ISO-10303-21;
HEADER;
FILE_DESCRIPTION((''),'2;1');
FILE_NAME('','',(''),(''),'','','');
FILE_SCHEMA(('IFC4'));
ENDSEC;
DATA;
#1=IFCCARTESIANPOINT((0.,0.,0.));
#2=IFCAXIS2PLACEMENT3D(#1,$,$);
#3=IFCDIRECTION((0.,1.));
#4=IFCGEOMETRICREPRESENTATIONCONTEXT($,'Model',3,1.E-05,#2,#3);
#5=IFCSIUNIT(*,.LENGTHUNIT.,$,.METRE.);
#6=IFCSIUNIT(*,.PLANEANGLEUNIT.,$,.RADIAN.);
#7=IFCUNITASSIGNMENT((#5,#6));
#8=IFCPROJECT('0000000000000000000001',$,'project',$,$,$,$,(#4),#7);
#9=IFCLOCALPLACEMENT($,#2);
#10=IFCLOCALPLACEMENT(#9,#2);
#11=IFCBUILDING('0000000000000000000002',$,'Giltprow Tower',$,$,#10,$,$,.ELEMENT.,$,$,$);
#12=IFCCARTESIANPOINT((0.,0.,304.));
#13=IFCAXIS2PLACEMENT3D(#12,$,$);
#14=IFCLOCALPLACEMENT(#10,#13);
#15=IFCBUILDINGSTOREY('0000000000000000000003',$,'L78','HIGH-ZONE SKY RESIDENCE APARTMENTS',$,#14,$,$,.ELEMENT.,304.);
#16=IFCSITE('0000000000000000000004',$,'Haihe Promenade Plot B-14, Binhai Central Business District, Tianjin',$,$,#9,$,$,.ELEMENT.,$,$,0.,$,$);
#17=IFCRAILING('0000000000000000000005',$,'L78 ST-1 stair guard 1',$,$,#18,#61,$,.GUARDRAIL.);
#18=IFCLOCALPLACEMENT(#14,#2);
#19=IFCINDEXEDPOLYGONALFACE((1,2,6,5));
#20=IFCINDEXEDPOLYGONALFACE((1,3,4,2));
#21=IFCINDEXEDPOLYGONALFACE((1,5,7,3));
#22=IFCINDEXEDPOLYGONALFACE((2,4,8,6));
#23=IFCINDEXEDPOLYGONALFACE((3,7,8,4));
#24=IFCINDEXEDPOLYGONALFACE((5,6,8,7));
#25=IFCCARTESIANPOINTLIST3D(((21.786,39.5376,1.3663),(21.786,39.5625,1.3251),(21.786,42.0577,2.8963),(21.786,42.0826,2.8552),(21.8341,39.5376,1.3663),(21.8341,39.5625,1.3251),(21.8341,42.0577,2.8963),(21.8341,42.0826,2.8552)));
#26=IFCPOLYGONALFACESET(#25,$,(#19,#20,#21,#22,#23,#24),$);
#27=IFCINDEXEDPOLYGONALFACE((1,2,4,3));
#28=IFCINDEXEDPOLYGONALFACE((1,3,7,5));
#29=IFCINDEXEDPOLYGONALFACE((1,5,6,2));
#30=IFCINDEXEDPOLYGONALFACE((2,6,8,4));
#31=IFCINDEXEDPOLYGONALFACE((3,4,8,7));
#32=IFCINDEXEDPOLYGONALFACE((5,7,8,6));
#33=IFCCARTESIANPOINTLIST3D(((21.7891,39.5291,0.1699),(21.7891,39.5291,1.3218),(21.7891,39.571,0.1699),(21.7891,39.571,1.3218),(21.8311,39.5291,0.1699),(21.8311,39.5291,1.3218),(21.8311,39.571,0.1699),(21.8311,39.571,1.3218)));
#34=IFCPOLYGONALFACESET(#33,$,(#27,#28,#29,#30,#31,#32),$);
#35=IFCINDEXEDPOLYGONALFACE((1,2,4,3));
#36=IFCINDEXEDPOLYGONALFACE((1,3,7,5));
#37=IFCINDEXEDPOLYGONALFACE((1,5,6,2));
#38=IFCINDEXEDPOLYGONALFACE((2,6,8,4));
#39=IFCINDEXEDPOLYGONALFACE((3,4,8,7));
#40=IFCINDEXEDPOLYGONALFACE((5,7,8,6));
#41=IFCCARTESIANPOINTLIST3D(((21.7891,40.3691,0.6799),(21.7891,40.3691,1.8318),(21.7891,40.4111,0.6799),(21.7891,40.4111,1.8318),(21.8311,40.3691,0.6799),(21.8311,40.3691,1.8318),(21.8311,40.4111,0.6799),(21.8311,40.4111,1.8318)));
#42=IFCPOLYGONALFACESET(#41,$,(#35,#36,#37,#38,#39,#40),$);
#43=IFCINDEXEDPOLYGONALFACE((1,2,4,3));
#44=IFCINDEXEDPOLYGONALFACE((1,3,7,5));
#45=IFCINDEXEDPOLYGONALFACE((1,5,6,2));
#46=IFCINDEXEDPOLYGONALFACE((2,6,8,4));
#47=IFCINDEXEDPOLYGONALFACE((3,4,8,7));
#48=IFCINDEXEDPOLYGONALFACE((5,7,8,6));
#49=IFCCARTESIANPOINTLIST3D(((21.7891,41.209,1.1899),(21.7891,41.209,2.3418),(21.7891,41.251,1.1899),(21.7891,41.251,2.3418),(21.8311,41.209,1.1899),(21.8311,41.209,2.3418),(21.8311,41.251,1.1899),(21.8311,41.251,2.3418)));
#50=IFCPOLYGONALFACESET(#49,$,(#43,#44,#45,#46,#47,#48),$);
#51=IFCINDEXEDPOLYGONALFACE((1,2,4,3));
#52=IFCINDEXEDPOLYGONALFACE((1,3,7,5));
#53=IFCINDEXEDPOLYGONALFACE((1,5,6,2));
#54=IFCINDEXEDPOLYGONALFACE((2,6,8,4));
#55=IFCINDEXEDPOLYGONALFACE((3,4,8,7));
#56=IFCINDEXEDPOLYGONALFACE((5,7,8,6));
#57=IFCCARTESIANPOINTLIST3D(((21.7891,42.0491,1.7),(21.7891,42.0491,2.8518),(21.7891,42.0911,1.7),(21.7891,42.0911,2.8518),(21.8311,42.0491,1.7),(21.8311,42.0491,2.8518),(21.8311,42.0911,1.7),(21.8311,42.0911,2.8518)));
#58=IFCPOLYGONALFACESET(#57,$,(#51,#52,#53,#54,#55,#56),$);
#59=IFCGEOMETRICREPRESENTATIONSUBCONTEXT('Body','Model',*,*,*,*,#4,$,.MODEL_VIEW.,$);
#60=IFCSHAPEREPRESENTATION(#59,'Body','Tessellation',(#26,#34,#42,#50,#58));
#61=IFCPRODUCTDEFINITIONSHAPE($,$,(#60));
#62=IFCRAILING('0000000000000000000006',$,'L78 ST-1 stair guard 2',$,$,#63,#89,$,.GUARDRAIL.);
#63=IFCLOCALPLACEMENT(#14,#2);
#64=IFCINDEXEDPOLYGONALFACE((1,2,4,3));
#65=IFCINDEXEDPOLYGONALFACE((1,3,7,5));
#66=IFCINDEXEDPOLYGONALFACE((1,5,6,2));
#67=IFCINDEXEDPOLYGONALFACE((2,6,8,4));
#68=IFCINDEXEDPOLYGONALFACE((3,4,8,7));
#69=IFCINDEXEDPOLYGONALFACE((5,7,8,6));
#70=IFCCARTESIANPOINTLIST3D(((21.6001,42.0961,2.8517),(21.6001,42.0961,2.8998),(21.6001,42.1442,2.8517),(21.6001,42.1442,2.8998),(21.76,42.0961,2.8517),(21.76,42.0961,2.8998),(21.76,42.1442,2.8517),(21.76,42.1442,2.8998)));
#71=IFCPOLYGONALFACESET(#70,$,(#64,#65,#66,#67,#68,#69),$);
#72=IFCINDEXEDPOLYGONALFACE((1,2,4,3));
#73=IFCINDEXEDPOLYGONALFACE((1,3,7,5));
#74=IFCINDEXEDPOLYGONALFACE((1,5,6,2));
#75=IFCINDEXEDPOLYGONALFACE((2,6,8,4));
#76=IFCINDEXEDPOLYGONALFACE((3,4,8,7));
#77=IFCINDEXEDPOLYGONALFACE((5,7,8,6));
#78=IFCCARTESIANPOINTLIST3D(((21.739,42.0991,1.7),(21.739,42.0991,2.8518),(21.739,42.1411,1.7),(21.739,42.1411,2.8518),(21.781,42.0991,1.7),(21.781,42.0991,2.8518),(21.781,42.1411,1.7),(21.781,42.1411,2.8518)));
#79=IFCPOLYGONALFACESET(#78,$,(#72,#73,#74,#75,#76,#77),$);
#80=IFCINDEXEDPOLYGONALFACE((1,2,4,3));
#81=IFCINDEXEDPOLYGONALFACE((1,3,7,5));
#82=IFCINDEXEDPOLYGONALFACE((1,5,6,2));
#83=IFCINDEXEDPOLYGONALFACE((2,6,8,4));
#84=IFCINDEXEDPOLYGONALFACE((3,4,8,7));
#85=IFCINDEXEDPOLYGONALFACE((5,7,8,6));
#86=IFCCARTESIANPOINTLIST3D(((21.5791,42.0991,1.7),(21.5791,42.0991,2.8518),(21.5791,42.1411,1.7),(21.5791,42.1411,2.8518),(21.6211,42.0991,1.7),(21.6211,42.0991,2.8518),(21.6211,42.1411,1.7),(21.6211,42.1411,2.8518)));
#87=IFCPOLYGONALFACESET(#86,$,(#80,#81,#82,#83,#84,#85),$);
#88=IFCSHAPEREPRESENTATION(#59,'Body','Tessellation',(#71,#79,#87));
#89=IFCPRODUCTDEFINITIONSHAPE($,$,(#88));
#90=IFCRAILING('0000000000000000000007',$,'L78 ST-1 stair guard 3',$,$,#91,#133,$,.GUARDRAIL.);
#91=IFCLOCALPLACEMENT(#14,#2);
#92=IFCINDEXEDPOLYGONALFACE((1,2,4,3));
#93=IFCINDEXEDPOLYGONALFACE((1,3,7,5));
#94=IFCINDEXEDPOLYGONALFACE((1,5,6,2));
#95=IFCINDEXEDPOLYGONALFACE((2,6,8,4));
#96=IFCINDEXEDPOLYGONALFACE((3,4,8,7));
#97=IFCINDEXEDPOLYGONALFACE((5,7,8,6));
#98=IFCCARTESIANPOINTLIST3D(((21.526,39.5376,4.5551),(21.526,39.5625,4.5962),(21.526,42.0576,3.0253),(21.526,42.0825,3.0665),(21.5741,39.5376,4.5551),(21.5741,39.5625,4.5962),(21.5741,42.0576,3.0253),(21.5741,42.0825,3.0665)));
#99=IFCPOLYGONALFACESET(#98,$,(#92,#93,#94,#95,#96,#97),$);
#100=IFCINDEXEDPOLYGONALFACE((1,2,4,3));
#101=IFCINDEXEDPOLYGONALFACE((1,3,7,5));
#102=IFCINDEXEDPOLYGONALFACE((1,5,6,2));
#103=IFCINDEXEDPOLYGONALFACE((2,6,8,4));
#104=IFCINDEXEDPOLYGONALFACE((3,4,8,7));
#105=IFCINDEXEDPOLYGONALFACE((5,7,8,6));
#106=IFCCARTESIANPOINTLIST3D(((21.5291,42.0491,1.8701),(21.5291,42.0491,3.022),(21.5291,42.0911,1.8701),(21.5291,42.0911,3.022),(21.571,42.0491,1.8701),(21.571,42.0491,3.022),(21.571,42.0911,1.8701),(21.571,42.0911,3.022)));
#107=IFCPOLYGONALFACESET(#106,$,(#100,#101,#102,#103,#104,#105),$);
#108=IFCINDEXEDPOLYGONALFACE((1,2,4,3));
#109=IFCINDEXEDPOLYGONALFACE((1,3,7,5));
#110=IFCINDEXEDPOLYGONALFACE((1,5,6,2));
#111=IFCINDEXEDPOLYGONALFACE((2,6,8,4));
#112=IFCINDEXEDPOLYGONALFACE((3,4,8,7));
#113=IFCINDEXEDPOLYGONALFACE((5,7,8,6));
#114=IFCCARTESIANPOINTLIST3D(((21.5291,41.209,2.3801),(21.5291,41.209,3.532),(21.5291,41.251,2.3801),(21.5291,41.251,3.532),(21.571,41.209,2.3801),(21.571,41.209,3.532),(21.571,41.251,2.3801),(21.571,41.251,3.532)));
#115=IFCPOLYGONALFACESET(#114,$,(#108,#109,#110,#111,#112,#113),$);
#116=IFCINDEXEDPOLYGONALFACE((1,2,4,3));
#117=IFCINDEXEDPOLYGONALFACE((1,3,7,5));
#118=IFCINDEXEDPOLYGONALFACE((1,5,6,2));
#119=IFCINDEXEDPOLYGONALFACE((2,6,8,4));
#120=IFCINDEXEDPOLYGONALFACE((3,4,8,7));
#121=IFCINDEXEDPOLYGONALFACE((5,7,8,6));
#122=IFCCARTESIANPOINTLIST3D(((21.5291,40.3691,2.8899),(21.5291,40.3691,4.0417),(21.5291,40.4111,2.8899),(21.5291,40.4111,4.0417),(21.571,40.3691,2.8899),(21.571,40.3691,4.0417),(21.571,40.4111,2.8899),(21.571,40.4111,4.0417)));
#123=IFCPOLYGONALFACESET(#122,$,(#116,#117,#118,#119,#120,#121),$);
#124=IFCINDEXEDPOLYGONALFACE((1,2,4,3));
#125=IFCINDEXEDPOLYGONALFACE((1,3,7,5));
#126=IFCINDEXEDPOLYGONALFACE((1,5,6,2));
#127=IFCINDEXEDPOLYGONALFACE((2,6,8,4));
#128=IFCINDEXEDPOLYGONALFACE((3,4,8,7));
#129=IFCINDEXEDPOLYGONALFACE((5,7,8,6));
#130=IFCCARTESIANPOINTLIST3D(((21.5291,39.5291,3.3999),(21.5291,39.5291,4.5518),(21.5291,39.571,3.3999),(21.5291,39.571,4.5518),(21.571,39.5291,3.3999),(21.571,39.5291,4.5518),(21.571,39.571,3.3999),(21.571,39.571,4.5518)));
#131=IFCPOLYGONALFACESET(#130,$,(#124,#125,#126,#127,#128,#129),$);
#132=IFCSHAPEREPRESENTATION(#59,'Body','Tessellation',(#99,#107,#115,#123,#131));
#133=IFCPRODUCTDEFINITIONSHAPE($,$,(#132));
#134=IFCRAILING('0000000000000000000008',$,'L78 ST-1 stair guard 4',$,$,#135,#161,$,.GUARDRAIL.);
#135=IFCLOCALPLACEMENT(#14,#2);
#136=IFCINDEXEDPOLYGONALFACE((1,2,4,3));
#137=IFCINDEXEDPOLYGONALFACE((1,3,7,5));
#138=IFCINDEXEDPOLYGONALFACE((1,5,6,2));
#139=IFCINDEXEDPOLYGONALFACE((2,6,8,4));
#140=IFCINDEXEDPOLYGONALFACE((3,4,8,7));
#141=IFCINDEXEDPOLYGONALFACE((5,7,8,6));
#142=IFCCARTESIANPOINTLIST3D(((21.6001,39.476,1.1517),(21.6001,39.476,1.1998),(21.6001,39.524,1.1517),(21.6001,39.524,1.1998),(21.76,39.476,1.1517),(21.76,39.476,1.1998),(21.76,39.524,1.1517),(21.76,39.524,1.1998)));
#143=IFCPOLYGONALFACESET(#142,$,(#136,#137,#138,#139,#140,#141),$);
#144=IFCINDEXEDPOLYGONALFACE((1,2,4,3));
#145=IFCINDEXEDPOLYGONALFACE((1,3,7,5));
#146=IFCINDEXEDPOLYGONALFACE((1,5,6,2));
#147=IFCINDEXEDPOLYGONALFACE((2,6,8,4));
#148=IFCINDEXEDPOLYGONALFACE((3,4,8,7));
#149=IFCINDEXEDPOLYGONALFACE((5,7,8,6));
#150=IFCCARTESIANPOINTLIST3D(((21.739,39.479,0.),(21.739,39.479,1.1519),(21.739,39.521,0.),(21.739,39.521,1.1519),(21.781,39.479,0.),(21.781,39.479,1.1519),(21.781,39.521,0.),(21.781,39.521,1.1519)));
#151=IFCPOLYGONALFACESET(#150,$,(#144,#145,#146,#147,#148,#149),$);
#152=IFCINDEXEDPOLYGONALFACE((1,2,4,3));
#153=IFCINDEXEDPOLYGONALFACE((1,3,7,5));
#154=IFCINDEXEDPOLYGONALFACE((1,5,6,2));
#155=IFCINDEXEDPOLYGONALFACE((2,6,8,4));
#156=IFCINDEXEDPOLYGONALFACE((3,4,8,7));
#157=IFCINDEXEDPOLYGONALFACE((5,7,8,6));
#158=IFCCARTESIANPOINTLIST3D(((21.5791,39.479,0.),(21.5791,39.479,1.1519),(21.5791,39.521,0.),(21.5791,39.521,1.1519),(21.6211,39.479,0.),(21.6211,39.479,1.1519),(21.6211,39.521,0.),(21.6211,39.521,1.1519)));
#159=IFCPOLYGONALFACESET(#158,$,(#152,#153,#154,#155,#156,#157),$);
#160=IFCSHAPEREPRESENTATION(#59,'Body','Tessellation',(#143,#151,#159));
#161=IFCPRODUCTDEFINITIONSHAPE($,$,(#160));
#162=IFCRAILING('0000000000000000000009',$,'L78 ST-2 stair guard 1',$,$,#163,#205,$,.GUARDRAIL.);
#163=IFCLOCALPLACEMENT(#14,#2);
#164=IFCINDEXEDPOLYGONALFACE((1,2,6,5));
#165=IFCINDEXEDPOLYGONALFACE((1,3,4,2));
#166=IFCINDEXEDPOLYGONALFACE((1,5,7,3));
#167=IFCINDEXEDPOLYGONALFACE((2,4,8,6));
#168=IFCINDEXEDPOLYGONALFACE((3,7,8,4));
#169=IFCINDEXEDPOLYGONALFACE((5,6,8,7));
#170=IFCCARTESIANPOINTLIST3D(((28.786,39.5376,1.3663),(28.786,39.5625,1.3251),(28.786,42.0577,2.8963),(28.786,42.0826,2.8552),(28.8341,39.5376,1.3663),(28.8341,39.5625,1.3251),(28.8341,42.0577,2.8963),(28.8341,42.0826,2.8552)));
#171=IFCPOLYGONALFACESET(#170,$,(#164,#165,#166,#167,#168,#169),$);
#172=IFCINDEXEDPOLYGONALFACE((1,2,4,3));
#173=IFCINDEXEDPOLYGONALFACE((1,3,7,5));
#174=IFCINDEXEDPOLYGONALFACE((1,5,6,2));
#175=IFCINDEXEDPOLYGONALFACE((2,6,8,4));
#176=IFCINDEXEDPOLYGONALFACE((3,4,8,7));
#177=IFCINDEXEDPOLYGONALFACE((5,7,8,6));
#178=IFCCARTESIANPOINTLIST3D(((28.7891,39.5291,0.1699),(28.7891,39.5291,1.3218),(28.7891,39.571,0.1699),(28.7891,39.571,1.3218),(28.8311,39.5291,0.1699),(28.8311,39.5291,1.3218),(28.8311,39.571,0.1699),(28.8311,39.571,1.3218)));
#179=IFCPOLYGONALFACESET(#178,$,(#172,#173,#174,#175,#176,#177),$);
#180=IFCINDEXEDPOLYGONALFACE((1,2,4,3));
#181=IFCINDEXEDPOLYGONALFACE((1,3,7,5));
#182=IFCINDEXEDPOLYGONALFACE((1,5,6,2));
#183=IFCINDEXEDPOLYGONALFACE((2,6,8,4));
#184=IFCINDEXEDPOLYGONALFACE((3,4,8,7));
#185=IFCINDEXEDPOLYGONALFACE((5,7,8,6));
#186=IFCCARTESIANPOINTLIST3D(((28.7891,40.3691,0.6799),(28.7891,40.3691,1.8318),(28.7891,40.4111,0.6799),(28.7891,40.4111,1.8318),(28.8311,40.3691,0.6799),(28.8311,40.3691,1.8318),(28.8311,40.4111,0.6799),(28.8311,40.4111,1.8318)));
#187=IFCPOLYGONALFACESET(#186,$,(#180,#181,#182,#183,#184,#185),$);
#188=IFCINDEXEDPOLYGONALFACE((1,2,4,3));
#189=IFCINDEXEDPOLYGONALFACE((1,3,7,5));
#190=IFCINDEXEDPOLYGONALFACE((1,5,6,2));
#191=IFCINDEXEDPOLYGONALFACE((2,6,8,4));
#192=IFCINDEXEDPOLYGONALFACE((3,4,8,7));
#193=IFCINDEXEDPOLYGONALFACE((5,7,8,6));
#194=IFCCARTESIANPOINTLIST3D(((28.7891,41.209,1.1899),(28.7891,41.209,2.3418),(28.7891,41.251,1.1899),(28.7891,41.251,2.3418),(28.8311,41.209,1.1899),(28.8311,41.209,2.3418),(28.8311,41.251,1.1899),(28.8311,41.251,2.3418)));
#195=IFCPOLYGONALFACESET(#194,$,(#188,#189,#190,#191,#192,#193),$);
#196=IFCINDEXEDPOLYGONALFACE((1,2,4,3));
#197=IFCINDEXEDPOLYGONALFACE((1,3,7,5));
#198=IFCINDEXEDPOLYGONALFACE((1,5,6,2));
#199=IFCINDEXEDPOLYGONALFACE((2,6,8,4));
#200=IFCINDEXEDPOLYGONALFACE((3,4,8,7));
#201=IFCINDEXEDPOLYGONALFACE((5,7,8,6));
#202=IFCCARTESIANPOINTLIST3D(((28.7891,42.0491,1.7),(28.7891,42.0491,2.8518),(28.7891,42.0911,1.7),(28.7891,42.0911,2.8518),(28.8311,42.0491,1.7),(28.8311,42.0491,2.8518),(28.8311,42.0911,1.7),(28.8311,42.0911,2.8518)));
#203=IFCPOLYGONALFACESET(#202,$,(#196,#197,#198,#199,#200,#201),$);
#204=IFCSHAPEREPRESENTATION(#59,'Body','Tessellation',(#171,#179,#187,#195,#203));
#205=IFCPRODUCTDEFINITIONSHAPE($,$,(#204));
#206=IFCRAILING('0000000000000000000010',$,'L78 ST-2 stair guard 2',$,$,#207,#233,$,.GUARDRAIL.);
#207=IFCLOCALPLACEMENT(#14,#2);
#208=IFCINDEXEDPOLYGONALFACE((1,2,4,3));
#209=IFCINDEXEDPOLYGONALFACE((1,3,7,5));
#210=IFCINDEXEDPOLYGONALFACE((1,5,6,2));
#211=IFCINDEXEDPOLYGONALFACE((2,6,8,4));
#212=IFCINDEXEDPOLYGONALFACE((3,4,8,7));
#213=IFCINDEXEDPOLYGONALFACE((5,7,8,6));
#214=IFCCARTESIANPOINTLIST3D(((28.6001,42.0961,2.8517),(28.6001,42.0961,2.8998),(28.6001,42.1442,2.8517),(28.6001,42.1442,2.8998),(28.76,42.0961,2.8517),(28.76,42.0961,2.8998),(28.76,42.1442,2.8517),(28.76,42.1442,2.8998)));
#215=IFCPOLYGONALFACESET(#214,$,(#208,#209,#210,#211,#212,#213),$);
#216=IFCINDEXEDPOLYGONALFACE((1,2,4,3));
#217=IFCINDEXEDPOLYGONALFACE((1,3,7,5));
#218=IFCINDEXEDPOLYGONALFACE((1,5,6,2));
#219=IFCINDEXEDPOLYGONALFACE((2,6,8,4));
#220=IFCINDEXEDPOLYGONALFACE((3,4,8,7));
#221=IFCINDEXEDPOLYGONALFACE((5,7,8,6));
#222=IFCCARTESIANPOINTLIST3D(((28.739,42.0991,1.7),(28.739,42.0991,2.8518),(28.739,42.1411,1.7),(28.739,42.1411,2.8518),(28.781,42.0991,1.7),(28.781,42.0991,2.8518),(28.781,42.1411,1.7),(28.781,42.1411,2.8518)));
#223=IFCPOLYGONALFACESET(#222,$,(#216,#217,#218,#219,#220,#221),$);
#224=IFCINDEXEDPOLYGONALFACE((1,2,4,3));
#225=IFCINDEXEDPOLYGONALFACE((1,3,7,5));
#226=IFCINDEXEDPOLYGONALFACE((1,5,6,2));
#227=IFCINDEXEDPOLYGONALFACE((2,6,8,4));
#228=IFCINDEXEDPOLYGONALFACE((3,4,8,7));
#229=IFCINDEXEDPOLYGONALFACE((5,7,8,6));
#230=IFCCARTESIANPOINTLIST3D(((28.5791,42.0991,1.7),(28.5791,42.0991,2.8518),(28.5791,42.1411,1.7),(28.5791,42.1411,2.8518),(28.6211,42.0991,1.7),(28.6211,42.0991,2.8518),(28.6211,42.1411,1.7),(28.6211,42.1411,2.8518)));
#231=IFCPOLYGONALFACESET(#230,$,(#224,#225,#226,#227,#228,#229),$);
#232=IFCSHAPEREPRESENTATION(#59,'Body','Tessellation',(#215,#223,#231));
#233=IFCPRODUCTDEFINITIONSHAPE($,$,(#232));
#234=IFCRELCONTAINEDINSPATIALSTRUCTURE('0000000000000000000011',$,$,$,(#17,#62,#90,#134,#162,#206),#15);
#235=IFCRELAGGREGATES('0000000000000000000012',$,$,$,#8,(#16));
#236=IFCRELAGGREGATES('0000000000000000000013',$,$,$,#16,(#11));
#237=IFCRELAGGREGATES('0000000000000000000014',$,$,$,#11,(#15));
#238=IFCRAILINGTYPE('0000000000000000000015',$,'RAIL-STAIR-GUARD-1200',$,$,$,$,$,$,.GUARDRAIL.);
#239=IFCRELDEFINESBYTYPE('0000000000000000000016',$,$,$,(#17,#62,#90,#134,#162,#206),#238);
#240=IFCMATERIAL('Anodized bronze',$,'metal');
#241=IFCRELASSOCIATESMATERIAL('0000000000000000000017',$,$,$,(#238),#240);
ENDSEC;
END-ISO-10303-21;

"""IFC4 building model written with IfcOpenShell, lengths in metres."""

from ifc_helpers import new_model, si_unit, direction, frame, origin, origin_2d, place, context, subcontext, project, spatial, rectangle, extrude, material, type_object, element, save


model = new_model("IFC4")

# Units and contexts
model_context = context("Model", 3, precision=1e-05, world=origin(), true_north=direction((0.0, 1.0)))
body_context = subcontext(model_context, "Body", "Model", "MODEL_VIEW")
ifc_project = project(units=[si_unit("LENGTHUNIT", "METRE"), si_unit("PLANEANGLEUNIT", "RADIAN")], contexts=[model_context])

# Site, building, storey
site_placement = place(None, origin())
site = spatial("IfcSite", under=ifc_project, at=site_placement, Name="Haihe Promenade Plot B-14, Binhai Central Business District, Tianjin", CompositionType="ELEMENT", RefElevation=0.0)
building_placement = place(site_placement, origin())
building = spatial("IfcBuilding", under=site, at=building_placement, Name="Giltprow Tower", CompositionType="ELEMENT")
storey_placement = place(building_placement, frame((0.0, 0.0, 304.0)))
storey = spatial("IfcBuildingStorey", under=building, at=storey_placement, Name="L78", Description="HIGH-ZONE SKY RESIDENCE APARTMENTS", CompositionType="ELEMENT", Elevation=304.0)

# Railings
ifc_material_1 = material(Name="Anodized bronze", Category="metal")
railing_type_1 = type_object("IfcRailingType", Name="RAIL-STAIR-GUARD-1200", PredefinedType="GUARDRAIL", material=ifc_material_1)
railing_1_placement = place(storey_placement, frame((21.8101, 39.55, 0.1699)))
element("IfcRailing", 1, at=railing_1_placement, inside=storey, type_object=railing_type_1, Name="L78 ST-1 stair guard 1", PredefinedType="GUARDRAIL", context=body_context, shape_type="SweptSolid", body=[
    extrude(rectangle(XDim=0.0481, YDim=0.0481, at=origin_2d()), frame((0.0, 0.0, 1.1758), z_axis=(0.0, 0.854785, 0.518982), x_axis=(-1.0, 0.0, 0.0)), (0.0, 0.0, 1.0), 2.9482),
    extrude(rectangle(XDim=0.042, YDim=0.042, at=origin_2d()), origin(), (0.0, 0.0, 1.0), 1.1519),
    extrude(rectangle(XDim=0.042, YDim=0.042, at=origin_2d()), frame((0.0, 0.8401, 0.51)), (0.0, 0.0, 1.0), 1.1519),
    extrude(rectangle(XDim=0.042, YDim=0.042, at=origin_2d()), frame((0.0, 1.6799, 1.02)), (0.0, 0.0, 1.0), 1.1519),
    extrude(rectangle(XDim=0.042, YDim=0.042, at=origin_2d()), frame((0.0, 2.52, 1.53)), (0.0, 0.0, 1.0), 1.1519),
])
railing_2_placement = place(storey_placement, frame((21.76, 42.1201, 1.7)))
element("IfcRailing", 2, at=railing_2_placement, inside=storey, type_object=railing_type_1, Name="L78 ST-1 stair guard 2", PredefinedType="GUARDRAIL", context=body_context, shape_type="SweptSolid", body=[
    extrude(rectangle(XDim=0.0481, YDim=0.0481, at=origin_2d()), frame((0.0, 0.0, 1.1758), z_axis=(-1.0, 0.0, 0.0), x_axis=(0.0, -1.0, 0.0)), (0.0, 0.0, 1.0), 0.1599),
    extrude(rectangle(XDim=0.042, YDim=0.042, at=origin_2d()), origin(), (0.0, 0.0, 1.0), 1.1519),
    extrude(rectangle(XDim=0.042, YDim=0.042, at=origin_2d()), frame((-0.1599, 0.0, 0.0)), (0.0, 0.0, 1.0), 1.1519),
])
railing_3_placement = place(storey_placement, frame((21.55, 42.0701, 1.8701)))
element("IfcRailing", 3, at=railing_3_placement, inside=storey, type_object=railing_type_1, Name="L78 ST-1 stair guard 3", PredefinedType="GUARDRAIL", context=body_context, shape_type="SweptSolid", body=[
    extrude(rectangle(XDim=0.0481, YDim=0.0481, at=origin_2d()), frame((0.0, 0.0, 1.1758), z_axis=(0.0, -0.854822, 0.518922), x_axis=(1.0, 0.0, 0.0)), (0.0, 0.0, 1.0), 2.948),
    extrude(rectangle(XDim=0.042, YDim=0.042, at=origin_2d()), origin(), (0.0, 0.0, 1.0), 1.1519),
    extrude(rectangle(XDim=0.042, YDim=0.042, at=origin_2d()), frame((0.0, -0.8401, 0.51)), (0.0, 0.0, 1.0), 1.1519),
    extrude(rectangle(XDim=0.042, YDim=0.042, at=origin_2d()), frame((0.0, -1.6799, 1.0198)), (0.0, 0.0, 1.0), 1.1519),
    extrude(rectangle(XDim=0.042, YDim=0.042, at=origin_2d()), frame((0.0, -2.52, 1.5298)), (0.0, 0.0, 1.0), 1.1519),
])
railing_4_placement = place(storey_placement, frame((21.76, 39.5, 0.0)))
element("IfcRailing", 4, at=railing_4_placement, inside=storey, type_object=railing_type_1, Name="L78 ST-1 stair guard 4", PredefinedType="GUARDRAIL", context=body_context, shape_type="SweptSolid", body=[
    extrude(rectangle(XDim=0.0481, YDim=0.0481, at=origin_2d()), frame((0.0, 0.0, 1.1758), z_axis=(-1.0, 0.0, 0.0), x_axis=(0.0, -1.0, 0.0)), (0.0, 0.0, 1.0), 0.1599),
    extrude(rectangle(XDim=0.042, YDim=0.042, at=origin_2d()), origin(), (0.0, 0.0, 1.0), 1.1519),
    extrude(rectangle(XDim=0.042, YDim=0.042, at=origin_2d()), frame((-0.1599, 0.0, 0.0)), (0.0, 0.0, 1.0), 1.1519),
])
railing_5_placement = place(storey_placement, frame((28.8101, 39.55, 0.1699)))
element("IfcRailing", 5, at=railing_5_placement, inside=storey, type_object=railing_type_1, Name="L78 ST-2 stair guard 1", PredefinedType="GUARDRAIL", context=body_context, shape_type="SweptSolid", body=[
    extrude(rectangle(XDim=0.0481, YDim=0.0481, at=origin_2d()), frame((0.0, 0.0, 1.1758), z_axis=(0.0, 0.854785, 0.518982), x_axis=(-1.0, 0.0, 0.0)), (0.0, 0.0, 1.0), 2.9482),
    extrude(rectangle(XDim=0.042, YDim=0.042, at=origin_2d()), origin(), (0.0, 0.0, 1.0), 1.1519),
    extrude(rectangle(XDim=0.042, YDim=0.042, at=origin_2d()), frame((0.0, 0.8401, 0.51)), (0.0, 0.0, 1.0), 1.1519),
    extrude(rectangle(XDim=0.042, YDim=0.042, at=origin_2d()), frame((0.0, 1.6799, 1.02)), (0.0, 0.0, 1.0), 1.1519),
    extrude(rectangle(XDim=0.042, YDim=0.042, at=origin_2d()), frame((0.0, 2.52, 1.53)), (0.0, 0.0, 1.0), 1.1519),
])
railing_6_placement = place(storey_placement, frame((28.76, 42.1201, 1.7)))
element("IfcRailing", 6, at=railing_6_placement, inside=storey, type_object=railing_type_1, Name="L78 ST-2 stair guard 2", PredefinedType="GUARDRAIL", context=body_context, shape_type="SweptSolid", body=[
    extrude(rectangle(XDim=0.0481, YDim=0.0481, at=origin_2d()), frame((0.0, 0.0, 1.1758), z_axis=(-1.0, 0.0, 0.0), x_axis=(0.0, -1.0, 0.0)), (0.0, 0.0, 1.0), 0.1599),
    extrude(rectangle(XDim=0.042, YDim=0.042, at=origin_2d()), origin(), (0.0, 0.0, 1.0), 1.1519),
    extrude(rectangle(XDim=0.042, YDim=0.042, at=origin_2d()), frame((-0.1599, 0.0, 0.0)), (0.0, 0.0, 1.0), 1.1519),
])

save(model, "model.ifc")
